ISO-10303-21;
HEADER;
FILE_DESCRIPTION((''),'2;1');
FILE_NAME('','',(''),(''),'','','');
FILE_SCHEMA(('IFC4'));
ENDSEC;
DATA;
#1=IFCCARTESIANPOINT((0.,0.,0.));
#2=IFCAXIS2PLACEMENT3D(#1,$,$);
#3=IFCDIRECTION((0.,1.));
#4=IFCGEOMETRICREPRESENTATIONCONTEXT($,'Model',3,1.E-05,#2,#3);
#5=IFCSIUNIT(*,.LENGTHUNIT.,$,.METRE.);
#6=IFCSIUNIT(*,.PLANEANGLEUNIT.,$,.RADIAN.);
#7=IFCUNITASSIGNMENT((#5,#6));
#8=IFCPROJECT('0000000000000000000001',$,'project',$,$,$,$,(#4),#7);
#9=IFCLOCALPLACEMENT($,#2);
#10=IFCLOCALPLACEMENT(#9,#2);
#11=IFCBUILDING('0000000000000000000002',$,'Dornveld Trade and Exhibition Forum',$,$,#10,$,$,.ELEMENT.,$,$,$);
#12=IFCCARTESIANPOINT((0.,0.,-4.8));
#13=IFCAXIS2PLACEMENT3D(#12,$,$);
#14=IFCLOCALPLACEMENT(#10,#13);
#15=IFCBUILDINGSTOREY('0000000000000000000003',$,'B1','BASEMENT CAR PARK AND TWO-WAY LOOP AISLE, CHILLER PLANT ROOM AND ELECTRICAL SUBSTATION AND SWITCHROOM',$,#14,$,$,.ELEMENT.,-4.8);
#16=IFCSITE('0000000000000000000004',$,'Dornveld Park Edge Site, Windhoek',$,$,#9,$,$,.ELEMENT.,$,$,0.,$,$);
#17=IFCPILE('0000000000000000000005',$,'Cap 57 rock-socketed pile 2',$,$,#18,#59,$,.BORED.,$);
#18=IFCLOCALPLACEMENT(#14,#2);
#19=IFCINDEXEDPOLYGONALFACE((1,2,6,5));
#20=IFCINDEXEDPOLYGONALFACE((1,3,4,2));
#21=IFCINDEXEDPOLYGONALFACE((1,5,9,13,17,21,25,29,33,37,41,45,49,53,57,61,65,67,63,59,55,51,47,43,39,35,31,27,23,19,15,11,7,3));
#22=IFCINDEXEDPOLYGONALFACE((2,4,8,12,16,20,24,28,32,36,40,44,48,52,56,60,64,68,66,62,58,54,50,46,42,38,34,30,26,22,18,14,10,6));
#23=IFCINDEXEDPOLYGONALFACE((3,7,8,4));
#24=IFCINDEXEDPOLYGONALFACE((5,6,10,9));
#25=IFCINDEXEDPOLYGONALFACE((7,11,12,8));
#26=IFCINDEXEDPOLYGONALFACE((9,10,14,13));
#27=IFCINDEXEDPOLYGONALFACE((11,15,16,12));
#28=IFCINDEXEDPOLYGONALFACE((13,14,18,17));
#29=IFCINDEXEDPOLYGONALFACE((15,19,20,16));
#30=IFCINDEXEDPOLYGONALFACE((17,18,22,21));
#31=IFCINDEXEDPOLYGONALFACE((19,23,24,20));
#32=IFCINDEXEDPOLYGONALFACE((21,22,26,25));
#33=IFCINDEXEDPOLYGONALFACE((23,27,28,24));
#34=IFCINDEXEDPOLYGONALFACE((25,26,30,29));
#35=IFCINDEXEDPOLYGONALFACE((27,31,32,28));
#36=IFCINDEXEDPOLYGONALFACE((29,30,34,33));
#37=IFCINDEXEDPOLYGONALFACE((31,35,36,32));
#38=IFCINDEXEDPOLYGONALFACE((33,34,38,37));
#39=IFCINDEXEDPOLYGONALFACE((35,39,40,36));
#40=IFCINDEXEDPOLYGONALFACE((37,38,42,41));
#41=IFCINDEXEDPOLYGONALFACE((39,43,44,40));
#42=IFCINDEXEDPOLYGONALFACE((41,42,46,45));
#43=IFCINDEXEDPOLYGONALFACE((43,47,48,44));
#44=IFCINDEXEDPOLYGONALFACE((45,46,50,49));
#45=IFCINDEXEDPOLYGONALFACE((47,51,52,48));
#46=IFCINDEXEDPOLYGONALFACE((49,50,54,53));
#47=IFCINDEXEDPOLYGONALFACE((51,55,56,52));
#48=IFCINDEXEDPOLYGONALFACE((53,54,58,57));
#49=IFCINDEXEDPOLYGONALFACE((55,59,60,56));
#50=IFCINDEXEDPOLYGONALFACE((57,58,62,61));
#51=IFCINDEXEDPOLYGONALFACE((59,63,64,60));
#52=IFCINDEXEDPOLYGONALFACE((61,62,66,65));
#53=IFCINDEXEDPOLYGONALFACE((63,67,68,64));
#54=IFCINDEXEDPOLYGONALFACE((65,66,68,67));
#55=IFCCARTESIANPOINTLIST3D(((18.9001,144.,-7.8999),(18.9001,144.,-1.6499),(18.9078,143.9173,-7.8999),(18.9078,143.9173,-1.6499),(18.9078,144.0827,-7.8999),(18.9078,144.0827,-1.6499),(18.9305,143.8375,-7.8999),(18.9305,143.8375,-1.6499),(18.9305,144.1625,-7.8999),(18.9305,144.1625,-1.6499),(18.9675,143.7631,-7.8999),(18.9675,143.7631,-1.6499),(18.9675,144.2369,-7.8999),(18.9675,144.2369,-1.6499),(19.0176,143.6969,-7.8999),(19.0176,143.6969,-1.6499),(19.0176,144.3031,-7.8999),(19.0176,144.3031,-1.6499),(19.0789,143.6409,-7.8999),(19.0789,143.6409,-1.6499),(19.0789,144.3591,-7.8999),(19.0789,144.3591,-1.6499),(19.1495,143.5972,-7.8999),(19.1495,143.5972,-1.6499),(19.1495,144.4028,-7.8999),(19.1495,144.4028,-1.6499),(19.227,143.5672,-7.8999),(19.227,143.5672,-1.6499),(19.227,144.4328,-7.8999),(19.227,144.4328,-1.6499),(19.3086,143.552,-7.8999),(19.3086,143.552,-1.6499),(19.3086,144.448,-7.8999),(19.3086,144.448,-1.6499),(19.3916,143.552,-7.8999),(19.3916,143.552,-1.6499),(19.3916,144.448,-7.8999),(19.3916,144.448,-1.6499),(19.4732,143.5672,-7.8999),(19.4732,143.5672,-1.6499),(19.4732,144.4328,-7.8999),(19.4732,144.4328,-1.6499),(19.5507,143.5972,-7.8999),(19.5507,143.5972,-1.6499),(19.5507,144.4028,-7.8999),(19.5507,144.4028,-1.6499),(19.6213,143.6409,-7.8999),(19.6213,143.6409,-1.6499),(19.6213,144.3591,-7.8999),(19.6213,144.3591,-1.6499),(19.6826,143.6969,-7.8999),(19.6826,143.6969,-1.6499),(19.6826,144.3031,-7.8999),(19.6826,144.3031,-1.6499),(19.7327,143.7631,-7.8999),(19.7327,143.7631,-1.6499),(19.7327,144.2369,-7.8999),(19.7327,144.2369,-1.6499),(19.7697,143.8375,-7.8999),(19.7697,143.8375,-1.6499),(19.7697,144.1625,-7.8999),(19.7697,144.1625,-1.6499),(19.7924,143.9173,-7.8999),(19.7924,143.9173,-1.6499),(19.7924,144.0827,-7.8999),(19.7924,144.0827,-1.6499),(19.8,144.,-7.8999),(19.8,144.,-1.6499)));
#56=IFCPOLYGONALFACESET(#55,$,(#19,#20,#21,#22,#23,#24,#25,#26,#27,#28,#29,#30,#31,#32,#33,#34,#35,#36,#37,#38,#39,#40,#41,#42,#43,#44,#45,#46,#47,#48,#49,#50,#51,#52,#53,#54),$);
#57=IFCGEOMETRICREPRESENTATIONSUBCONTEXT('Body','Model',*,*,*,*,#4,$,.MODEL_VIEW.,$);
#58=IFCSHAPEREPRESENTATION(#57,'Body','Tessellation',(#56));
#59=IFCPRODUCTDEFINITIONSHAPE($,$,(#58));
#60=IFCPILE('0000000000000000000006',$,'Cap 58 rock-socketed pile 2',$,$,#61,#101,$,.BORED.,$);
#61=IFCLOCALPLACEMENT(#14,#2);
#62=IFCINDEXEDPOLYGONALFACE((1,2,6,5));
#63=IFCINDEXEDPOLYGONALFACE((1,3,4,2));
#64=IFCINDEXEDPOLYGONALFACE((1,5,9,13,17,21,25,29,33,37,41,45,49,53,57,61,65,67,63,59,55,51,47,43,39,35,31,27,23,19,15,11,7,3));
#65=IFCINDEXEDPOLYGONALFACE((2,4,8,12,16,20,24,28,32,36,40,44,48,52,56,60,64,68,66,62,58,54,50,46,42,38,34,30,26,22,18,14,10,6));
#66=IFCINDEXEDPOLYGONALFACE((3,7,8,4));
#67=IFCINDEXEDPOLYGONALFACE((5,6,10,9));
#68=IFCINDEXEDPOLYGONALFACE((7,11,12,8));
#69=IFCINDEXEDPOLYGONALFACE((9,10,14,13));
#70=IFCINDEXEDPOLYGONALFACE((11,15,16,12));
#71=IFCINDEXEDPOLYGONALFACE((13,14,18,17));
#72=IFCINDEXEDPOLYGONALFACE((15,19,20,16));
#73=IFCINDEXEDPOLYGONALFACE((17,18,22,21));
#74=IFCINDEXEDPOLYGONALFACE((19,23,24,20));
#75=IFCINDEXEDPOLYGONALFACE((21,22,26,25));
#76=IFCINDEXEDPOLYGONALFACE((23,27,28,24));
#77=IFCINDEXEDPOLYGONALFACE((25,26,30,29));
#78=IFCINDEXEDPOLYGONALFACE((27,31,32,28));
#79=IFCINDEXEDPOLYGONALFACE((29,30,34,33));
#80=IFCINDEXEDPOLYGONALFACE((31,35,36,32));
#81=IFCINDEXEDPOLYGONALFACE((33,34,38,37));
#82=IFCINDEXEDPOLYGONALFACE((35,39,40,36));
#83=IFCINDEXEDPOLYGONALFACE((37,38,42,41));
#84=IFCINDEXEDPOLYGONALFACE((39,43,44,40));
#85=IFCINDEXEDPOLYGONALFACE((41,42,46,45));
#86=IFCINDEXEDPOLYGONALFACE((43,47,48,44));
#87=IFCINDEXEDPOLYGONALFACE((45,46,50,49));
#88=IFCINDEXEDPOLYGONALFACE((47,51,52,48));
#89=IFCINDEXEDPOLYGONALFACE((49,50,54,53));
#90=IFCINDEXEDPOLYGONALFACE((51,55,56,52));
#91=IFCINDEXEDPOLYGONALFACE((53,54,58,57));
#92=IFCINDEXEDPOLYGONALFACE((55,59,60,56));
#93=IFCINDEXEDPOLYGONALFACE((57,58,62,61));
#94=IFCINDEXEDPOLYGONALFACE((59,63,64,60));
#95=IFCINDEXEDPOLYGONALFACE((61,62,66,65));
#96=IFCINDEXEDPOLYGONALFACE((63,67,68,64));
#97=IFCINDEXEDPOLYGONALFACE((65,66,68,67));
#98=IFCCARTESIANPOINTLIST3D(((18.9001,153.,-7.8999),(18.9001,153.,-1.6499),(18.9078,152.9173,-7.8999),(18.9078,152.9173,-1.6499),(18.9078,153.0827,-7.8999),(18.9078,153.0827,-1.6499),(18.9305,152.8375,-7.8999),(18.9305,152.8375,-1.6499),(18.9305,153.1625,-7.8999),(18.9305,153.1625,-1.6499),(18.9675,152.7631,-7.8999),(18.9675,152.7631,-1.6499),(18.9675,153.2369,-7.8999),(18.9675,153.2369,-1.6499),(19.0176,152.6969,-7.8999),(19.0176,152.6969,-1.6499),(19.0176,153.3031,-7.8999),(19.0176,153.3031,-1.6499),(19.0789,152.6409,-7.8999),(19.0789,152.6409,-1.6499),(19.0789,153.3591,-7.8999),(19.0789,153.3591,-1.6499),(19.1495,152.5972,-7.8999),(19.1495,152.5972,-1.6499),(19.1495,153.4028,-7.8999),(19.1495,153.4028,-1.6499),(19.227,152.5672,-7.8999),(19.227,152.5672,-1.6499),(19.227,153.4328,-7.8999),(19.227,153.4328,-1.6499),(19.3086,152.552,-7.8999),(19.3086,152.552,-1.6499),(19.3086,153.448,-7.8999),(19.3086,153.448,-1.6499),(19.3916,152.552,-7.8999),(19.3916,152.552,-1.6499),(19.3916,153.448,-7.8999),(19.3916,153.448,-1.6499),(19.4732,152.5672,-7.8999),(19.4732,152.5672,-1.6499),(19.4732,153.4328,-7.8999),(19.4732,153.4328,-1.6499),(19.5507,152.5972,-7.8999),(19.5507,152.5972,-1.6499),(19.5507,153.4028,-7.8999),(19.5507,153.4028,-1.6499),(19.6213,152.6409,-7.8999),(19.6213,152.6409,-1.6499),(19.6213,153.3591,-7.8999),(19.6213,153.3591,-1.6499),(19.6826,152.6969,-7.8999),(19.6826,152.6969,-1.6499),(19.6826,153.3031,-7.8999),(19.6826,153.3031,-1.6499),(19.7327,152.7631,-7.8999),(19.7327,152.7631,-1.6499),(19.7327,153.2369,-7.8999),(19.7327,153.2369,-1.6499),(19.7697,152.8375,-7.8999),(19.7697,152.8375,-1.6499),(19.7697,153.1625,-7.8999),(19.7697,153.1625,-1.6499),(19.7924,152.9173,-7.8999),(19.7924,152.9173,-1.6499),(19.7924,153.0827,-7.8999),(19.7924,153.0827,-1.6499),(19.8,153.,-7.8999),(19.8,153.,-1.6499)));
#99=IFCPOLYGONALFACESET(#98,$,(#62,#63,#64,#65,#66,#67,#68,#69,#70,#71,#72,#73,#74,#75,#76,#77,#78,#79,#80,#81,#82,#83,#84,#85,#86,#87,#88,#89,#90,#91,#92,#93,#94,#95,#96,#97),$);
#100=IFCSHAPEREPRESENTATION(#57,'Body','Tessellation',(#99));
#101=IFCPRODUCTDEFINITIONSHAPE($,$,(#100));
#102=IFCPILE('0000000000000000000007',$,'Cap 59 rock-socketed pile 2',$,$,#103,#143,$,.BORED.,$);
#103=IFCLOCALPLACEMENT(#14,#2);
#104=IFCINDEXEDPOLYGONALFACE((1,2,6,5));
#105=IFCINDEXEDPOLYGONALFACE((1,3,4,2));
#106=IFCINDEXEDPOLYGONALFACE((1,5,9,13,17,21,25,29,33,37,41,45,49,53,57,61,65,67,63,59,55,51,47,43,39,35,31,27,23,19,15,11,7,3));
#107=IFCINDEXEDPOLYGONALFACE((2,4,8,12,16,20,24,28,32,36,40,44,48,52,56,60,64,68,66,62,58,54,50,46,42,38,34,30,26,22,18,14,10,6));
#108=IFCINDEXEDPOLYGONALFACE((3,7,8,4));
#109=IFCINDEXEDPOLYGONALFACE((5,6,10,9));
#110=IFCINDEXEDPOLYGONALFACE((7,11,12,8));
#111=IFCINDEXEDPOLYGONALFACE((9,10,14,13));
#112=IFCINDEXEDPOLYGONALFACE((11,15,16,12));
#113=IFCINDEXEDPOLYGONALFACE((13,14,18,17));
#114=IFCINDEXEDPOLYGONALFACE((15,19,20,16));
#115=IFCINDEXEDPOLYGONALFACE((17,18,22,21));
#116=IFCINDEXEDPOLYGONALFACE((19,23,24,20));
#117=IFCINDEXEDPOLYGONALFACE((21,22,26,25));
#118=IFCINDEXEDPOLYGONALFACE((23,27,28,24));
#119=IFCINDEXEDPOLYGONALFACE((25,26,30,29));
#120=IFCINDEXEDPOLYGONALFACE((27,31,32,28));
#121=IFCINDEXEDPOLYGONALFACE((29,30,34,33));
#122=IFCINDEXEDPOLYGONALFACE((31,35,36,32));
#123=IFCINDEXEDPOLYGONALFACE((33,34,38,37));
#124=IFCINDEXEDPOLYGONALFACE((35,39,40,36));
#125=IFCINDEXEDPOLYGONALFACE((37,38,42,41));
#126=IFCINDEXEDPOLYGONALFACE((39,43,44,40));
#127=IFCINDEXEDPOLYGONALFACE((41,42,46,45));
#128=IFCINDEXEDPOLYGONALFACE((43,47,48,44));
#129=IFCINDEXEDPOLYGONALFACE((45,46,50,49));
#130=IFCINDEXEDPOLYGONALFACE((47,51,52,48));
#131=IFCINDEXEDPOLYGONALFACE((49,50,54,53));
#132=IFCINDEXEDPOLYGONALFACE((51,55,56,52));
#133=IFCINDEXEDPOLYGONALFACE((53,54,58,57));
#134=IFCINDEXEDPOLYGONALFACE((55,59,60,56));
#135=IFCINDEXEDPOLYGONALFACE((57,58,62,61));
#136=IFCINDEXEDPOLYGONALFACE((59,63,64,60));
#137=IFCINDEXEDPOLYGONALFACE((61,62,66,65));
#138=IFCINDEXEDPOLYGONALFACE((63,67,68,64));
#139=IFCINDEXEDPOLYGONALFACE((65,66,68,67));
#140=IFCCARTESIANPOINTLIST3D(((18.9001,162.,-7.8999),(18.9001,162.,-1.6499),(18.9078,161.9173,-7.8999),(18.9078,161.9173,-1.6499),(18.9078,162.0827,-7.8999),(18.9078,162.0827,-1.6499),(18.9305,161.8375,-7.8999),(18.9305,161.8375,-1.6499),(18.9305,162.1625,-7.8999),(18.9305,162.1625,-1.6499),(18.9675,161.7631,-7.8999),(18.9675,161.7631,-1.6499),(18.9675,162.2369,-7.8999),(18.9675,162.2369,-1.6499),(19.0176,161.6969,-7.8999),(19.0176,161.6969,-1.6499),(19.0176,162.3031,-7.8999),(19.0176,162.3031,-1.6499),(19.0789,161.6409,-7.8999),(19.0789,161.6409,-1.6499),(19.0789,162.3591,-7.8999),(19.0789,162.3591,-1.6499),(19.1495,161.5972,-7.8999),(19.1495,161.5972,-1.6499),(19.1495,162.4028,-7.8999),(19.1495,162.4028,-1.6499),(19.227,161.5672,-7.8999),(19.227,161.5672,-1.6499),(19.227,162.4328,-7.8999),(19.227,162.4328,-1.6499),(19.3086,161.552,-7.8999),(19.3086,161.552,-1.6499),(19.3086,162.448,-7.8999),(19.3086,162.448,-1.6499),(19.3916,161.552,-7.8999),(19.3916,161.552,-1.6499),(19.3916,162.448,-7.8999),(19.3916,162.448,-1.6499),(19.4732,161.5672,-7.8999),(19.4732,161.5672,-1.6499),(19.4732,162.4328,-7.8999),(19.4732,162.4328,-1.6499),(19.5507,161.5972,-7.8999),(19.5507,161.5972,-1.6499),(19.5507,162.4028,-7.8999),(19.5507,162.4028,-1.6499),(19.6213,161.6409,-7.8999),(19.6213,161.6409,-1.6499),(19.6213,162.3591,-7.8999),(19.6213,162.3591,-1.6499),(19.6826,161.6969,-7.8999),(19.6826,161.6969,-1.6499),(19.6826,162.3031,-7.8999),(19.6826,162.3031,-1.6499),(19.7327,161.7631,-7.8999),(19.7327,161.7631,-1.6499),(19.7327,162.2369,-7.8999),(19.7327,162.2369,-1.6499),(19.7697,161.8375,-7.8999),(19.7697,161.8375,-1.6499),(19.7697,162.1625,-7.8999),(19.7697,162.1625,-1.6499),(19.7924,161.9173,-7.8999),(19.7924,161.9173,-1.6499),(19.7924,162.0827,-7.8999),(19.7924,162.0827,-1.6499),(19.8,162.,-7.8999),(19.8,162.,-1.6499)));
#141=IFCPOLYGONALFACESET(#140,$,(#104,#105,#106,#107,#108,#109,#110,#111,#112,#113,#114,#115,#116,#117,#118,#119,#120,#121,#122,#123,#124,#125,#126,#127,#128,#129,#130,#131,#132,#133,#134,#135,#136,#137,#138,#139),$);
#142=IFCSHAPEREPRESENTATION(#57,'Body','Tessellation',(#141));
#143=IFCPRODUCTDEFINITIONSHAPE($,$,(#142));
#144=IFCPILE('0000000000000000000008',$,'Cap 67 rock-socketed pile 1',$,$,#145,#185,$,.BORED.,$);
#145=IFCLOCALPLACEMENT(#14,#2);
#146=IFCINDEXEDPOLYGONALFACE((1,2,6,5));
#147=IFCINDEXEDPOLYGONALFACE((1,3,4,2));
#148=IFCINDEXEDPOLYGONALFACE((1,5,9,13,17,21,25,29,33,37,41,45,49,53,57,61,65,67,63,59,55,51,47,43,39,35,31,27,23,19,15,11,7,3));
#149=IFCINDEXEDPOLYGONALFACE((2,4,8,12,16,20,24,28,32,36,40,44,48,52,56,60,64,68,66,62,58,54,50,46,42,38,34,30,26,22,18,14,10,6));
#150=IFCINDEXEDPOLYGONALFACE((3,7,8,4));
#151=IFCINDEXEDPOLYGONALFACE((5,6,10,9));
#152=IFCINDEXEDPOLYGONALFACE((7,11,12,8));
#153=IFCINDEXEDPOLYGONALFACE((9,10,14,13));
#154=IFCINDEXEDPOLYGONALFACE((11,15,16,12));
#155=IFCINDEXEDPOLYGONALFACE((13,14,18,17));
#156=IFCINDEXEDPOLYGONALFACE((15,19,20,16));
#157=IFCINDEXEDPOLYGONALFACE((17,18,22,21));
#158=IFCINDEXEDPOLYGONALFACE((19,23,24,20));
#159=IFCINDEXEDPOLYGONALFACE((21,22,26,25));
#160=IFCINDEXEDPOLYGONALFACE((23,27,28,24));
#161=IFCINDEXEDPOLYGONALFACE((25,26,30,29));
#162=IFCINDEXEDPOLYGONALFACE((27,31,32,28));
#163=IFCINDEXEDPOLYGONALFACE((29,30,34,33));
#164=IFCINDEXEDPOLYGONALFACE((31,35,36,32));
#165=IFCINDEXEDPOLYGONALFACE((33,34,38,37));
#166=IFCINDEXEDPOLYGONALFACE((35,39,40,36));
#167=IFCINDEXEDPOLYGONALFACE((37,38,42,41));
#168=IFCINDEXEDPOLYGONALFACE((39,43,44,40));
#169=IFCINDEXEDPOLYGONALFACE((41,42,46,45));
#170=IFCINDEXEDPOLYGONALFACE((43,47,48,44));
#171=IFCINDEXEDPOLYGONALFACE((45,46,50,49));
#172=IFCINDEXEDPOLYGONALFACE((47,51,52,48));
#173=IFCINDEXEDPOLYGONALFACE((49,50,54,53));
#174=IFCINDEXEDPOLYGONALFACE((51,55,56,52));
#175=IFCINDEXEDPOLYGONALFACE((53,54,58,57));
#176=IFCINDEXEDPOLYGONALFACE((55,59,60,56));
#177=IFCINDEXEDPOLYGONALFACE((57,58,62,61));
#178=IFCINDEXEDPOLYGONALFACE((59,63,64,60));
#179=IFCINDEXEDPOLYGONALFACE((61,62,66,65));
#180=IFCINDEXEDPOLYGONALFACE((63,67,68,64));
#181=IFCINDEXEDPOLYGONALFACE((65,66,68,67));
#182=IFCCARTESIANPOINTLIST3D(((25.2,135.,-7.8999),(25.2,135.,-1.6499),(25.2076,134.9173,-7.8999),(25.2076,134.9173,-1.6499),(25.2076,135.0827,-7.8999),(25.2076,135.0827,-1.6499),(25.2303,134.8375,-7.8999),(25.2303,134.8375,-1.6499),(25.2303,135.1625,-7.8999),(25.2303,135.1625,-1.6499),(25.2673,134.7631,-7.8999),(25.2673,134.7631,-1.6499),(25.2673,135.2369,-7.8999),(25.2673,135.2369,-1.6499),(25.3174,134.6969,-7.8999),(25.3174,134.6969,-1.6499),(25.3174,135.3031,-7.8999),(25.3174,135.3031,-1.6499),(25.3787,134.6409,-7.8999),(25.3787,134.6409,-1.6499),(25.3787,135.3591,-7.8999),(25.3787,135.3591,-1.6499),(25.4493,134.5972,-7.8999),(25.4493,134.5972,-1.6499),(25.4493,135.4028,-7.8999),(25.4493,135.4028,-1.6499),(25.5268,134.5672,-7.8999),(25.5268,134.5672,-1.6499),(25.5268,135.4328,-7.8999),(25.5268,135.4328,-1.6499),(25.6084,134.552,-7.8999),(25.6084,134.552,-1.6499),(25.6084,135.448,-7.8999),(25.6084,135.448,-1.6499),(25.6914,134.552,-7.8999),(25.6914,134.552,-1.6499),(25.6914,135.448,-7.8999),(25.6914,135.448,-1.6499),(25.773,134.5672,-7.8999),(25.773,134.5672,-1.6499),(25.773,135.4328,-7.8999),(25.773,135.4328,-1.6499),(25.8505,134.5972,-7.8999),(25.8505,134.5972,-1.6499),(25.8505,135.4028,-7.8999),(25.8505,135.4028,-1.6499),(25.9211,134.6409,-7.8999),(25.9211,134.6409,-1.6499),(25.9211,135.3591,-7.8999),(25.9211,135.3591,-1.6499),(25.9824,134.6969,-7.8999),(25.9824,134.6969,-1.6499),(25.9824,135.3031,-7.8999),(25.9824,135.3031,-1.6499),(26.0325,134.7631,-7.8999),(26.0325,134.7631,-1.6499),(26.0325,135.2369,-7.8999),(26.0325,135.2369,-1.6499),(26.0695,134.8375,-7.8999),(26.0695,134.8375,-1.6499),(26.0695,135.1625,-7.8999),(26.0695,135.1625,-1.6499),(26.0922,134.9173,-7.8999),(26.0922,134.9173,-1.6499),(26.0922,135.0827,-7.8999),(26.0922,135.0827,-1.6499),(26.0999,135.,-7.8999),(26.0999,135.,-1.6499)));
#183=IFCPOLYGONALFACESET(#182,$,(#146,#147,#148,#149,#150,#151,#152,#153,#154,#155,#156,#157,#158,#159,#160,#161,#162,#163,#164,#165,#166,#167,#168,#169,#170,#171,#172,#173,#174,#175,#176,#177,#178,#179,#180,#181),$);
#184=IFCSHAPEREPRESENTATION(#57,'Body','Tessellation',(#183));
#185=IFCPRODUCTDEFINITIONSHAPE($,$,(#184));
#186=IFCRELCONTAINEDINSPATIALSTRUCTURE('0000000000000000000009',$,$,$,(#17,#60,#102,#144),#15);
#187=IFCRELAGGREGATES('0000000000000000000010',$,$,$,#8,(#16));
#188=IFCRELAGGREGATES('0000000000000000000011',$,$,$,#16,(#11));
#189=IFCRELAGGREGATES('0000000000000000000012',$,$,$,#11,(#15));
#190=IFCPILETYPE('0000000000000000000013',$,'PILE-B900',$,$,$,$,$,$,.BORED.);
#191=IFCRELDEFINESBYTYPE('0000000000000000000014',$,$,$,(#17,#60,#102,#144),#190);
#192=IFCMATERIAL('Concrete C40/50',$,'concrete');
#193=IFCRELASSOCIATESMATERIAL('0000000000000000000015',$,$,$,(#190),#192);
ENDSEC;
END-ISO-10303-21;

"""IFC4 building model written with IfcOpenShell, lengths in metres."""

from ifc_helpers import new_model, si_unit, direction, frame, origin, origin_2d, place, context, subcontext, project, spatial, circle, extrude, material, material_profile, profile_set, type_object, element, save


model = new_model("IFC4")

# Units and contexts
model_context = context("Model", 3, precision=1e-05, world=origin(), true_north=direction((0.0, 1.0)))
body_context = subcontext(model_context, "Body", "Model", "MODEL_VIEW")
ifc_project = project(units=[si_unit("LENGTHUNIT", "METRE"), si_unit("PLANEANGLEUNIT", "RADIAN")], contexts=[model_context])

# Site, building, storey
site_placement = place(None, origin())
site = spatial("IfcSite", under=ifc_project, at=site_placement, Name="Dornveld Park Edge Site, Windhoek", CompositionType="ELEMENT", RefElevation=0.0)
building_placement = place(site_placement, origin())
building = spatial("IfcBuilding", under=site, at=building_placement, Name="Dornveld Trade and Exhibition Forum", CompositionType="ELEMENT")
storey_placement = place(building_placement, frame((0.0, 0.0, -4.8)))
storey = spatial("IfcBuildingStorey", under=building, at=storey_placement, Name="B1", Description="BASEMENT CAR PARK AND TWO-WAY LOOP AISLE, CHILLER PLANT ROOM AND ELECTRICAL SUBSTATION AND SWITCHROOM", CompositionType="ELEMENT", Elevation=-4.8)

# Piles
ifc_material_1 = material(Name="Concrete C40/50", Category="concrete")
ifc_material_profile_1 = material_profile(ifc_material_1, circle(Radius=0.45, at=origin_2d()), Name="PILE D900")
ifc_profile_set_1 = profile_set([ifc_material_profile_1], Name="Concrete C40/50")
pile_type = type_object("IfcPileType", Name="PILE-B900", PredefinedType="BORED", material=ifc_profile_set_1)
for number, where, z_axis, x_axis, name in (
    (1, (19.3501, 144.0, -1.6499), (0.0, 0.0, -1.0), (1.0, 0.0, 0.0), "Cap 57 rock-socketed pile 2"),
    (2, (19.3501, 153.0, -1.6499), (0.0, 0.0, -1.0), (1.0, 0.0, 0.0), "Cap 58 rock-socketed pile 2"),
    (3, (19.3501, 162.0, -1.6499), (0.0, 0.0, -1.0), (1.0, 0.0, 0.0), "Cap 59 rock-socketed pile 2"),
    (4, (25.6499, 135.0, -1.6499), (0.0, 0.0, -1.0), (1.0, 0.0, 0.0), "Cap 67 rock-socketed pile 1"),
):
    element("IfcPile", number, at=place(storey_placement, frame(where, z_axis=z_axis, x_axis=x_axis)), inside=storey, type_object=pile_type, Name=name, PredefinedType="BORED", context=body_context, shape_type="SweptSolid", body=[
        extrude(circle(Radius=0.45, at=origin_2d()), origin(), (0.0, 0.0, 1.0), 6.25),
    ])

save(model, "model.ifc")
